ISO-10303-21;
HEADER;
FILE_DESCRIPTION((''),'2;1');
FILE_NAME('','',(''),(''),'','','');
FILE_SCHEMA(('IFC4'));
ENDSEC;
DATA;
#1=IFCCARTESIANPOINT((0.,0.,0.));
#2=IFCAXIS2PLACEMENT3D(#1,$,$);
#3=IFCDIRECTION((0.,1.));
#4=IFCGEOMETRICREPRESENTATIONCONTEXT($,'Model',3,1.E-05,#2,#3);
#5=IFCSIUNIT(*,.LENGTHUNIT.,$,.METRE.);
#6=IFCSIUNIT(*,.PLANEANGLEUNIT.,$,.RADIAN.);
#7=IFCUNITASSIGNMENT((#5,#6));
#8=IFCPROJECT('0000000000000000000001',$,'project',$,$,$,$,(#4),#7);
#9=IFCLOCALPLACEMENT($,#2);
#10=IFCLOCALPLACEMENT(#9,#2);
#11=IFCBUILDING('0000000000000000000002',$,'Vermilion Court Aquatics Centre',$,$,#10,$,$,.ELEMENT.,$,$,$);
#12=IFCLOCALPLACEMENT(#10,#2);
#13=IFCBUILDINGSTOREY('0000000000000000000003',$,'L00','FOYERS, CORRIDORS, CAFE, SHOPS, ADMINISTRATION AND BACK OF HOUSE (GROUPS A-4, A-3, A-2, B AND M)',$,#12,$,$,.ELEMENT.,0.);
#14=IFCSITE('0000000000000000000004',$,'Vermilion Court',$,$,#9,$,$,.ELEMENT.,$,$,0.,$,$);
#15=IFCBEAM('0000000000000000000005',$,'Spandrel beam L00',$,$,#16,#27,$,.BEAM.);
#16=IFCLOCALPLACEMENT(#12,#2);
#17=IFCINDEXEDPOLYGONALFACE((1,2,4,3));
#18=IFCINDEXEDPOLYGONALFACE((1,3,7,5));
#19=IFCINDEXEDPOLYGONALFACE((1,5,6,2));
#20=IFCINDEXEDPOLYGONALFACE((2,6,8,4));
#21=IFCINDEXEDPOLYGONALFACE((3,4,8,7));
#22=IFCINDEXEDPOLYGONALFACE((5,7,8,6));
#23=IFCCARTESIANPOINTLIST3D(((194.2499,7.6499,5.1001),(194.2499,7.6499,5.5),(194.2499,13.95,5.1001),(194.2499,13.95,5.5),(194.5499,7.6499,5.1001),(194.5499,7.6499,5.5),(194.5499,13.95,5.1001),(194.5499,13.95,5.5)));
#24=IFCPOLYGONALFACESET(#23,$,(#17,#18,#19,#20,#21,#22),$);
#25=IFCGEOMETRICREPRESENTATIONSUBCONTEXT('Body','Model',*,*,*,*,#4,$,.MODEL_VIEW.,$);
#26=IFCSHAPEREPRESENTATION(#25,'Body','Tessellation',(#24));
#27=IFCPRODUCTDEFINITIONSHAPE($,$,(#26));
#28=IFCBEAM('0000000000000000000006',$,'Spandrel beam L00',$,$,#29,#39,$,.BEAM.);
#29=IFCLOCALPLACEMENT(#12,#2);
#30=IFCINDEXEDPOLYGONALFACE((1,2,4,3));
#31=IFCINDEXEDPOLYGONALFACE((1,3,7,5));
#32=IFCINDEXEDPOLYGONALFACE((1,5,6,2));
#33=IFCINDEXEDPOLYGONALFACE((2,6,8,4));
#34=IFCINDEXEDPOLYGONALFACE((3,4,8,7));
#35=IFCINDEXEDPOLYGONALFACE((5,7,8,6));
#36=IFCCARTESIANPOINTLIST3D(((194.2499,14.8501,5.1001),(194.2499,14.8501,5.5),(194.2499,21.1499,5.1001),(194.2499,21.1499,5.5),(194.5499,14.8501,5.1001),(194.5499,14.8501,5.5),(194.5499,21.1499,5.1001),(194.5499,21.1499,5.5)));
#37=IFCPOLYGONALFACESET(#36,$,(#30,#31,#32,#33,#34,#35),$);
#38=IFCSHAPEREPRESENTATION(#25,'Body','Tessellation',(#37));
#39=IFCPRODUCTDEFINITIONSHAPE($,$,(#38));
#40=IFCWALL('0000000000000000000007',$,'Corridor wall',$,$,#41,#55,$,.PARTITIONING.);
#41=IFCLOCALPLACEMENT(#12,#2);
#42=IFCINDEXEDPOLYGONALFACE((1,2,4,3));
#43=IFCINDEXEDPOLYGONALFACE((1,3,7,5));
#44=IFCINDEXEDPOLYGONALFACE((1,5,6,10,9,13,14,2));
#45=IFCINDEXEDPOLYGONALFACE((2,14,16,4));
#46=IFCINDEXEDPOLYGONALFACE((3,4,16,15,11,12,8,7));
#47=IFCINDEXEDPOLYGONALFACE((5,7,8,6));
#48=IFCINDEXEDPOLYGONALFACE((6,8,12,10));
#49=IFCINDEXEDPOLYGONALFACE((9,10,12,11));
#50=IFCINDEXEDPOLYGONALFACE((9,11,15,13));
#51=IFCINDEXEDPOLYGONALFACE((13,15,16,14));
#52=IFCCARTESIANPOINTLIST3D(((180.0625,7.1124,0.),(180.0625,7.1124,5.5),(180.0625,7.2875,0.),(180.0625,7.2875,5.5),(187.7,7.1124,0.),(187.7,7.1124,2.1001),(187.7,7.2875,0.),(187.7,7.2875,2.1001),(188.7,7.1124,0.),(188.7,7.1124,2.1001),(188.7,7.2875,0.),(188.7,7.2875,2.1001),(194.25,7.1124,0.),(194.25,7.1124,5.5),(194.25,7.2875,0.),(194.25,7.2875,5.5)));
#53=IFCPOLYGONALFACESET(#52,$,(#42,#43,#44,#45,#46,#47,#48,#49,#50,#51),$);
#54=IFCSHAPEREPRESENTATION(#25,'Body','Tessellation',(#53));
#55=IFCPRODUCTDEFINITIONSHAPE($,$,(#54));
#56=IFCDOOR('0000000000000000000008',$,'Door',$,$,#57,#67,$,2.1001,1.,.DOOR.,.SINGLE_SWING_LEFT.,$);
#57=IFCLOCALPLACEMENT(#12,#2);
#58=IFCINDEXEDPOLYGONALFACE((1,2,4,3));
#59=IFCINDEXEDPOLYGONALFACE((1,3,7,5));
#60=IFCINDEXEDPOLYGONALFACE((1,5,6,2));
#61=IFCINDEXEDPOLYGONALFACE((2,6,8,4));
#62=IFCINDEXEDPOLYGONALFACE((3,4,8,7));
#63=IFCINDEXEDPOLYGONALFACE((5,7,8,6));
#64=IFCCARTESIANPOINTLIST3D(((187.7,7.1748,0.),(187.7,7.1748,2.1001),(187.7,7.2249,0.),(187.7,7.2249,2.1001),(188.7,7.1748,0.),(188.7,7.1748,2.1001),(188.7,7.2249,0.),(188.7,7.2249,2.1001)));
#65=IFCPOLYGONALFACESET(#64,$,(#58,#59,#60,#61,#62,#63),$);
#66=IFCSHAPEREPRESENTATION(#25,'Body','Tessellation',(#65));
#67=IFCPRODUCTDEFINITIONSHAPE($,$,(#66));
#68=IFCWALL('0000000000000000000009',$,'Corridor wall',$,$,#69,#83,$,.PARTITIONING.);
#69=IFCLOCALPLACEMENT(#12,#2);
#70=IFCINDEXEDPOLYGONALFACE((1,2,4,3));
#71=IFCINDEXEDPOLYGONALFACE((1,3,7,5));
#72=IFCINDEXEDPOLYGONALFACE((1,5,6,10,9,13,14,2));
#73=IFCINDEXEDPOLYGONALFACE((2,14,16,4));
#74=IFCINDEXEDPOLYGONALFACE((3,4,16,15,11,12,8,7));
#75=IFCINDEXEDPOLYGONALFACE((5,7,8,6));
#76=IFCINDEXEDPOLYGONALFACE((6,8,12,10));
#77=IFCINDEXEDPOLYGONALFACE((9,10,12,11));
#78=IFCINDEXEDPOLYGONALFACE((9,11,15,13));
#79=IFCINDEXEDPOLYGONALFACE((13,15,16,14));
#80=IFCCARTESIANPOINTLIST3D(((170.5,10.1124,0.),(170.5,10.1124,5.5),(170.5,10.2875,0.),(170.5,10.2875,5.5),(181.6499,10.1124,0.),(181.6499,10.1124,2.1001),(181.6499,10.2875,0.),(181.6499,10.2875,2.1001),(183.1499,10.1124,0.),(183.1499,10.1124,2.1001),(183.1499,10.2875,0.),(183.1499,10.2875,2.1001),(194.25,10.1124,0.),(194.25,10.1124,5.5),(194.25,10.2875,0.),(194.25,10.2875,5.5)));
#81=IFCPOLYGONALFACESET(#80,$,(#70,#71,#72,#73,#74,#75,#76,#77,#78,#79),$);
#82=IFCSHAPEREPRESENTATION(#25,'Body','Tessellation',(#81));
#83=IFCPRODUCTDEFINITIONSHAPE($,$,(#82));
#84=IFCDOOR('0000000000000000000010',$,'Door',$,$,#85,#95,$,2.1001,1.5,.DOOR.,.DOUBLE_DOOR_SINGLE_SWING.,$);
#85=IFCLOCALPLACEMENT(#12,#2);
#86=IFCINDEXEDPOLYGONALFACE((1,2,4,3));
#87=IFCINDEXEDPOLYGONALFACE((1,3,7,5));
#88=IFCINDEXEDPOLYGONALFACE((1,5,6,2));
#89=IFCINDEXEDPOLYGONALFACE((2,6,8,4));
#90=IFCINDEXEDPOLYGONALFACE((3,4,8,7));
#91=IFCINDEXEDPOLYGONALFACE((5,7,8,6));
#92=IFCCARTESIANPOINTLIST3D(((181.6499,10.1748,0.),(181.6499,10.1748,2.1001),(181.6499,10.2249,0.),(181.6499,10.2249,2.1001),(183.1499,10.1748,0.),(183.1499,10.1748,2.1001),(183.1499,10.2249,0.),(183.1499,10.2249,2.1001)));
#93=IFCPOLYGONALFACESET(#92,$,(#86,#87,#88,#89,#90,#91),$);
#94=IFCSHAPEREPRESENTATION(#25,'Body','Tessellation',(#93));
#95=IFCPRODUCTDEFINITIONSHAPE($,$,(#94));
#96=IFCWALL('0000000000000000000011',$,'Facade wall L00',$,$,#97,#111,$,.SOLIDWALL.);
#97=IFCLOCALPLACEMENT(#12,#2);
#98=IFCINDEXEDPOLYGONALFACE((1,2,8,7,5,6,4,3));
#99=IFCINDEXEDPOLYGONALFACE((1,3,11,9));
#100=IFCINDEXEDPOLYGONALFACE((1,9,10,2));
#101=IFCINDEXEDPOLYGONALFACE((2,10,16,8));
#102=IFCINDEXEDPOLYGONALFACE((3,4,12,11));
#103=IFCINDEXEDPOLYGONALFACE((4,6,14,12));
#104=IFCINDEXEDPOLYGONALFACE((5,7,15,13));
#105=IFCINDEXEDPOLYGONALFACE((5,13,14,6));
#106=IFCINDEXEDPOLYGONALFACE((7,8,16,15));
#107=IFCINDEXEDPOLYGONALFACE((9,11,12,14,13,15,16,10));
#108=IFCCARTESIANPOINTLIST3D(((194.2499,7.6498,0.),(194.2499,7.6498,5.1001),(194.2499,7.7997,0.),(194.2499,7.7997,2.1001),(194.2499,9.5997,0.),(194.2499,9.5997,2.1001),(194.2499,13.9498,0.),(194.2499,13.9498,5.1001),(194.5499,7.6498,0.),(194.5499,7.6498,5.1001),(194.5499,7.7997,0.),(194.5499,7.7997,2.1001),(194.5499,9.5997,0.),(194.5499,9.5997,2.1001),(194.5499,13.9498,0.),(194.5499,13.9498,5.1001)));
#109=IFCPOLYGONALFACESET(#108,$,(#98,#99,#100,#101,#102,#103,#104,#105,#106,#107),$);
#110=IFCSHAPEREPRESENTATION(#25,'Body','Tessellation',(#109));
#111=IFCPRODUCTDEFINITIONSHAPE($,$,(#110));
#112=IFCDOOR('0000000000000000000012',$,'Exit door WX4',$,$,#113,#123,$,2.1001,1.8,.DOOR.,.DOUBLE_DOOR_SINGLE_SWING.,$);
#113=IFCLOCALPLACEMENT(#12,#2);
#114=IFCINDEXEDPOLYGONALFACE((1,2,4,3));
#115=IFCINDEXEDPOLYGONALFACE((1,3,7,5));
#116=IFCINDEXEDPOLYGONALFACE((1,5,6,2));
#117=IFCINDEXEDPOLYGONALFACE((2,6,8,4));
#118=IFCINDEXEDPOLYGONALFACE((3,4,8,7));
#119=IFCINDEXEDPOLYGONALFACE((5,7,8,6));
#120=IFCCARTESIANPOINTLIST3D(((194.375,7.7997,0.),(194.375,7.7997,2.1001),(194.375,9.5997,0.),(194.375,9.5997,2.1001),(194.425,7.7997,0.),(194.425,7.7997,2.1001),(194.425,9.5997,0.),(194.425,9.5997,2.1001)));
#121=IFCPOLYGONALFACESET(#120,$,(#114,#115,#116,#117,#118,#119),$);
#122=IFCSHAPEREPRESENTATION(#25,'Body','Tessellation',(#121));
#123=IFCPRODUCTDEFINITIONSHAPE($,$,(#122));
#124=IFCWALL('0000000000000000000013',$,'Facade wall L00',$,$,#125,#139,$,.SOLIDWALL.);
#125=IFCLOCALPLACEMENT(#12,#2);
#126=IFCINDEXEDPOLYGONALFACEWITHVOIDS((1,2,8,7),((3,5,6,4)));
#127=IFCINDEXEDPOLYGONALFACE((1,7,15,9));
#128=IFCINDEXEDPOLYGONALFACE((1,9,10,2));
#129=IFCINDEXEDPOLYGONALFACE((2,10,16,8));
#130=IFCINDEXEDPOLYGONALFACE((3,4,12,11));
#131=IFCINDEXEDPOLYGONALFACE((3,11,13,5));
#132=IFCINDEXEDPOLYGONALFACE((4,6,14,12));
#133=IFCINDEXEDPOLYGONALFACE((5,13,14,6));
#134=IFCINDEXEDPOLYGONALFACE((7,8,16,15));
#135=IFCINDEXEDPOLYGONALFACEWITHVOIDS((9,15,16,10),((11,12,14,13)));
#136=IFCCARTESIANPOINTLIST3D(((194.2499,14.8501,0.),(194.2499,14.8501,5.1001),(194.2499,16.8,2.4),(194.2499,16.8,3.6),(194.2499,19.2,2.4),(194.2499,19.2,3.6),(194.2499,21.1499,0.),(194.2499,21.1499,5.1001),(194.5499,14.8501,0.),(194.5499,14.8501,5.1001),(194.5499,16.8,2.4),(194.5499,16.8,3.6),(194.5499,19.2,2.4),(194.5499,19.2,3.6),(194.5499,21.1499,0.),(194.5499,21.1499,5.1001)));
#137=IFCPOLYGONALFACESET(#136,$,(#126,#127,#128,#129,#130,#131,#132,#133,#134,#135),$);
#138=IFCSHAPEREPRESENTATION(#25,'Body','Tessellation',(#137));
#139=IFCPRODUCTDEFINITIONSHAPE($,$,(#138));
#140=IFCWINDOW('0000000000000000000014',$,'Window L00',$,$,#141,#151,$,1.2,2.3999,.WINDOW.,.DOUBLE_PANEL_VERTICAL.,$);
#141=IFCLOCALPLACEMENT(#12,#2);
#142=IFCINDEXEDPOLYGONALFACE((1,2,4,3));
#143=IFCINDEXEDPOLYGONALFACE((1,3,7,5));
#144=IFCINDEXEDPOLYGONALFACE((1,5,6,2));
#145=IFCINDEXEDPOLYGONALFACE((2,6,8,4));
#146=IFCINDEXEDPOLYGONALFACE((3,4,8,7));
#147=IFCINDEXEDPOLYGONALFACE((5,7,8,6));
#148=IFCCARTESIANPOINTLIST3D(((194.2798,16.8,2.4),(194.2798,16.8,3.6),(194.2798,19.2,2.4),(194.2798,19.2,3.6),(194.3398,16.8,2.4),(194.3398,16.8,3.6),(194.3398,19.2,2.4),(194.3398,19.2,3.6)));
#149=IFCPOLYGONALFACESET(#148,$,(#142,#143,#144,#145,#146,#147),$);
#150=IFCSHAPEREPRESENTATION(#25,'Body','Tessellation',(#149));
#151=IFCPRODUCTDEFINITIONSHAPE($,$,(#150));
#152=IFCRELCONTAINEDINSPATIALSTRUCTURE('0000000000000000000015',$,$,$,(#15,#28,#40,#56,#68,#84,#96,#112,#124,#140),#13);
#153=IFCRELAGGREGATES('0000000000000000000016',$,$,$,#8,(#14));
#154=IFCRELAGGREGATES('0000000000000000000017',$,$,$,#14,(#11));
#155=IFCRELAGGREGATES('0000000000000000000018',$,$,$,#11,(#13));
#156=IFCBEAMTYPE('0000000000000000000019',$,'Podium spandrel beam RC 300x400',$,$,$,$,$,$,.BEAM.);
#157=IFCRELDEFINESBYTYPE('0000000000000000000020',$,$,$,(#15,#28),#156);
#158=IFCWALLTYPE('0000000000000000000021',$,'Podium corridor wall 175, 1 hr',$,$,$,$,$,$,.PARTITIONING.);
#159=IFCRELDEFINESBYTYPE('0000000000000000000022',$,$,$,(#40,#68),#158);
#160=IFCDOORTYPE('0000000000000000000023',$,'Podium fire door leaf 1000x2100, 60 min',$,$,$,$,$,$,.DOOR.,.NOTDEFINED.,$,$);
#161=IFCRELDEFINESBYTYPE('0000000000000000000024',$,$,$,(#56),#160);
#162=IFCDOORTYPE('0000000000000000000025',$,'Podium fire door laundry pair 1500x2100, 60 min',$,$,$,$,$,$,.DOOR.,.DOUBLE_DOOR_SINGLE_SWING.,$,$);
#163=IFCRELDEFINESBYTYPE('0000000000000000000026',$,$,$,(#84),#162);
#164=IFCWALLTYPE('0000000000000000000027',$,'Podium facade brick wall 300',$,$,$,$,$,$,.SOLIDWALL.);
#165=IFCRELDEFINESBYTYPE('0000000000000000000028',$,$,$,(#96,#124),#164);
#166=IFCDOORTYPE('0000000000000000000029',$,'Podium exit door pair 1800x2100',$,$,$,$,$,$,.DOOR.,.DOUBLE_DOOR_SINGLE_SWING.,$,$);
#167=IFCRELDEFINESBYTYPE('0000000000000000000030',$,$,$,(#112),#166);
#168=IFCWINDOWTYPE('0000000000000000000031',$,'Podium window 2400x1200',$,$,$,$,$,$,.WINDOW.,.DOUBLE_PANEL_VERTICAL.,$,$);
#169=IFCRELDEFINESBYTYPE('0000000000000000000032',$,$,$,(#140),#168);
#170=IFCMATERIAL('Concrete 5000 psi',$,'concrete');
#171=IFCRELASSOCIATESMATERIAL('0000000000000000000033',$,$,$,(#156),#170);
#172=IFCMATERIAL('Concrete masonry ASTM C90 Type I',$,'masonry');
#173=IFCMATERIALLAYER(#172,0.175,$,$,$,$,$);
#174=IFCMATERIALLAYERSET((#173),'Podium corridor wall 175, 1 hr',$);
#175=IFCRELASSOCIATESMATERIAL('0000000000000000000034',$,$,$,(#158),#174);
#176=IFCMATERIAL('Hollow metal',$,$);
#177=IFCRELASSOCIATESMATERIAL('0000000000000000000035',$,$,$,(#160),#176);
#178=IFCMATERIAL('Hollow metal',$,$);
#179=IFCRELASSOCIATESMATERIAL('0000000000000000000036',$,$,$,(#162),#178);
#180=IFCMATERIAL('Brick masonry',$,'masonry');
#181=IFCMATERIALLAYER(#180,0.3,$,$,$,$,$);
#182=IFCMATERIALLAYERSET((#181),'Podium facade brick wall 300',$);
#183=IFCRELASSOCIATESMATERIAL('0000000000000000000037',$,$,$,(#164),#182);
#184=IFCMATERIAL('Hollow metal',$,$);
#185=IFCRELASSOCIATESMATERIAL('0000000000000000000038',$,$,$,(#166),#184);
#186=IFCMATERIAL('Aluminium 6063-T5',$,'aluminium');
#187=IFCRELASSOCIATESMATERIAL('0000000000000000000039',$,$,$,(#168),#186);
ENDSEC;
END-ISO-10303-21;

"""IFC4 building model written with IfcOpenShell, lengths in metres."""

from ifc_helpers import new_model, si_unit, direction, frame, frame_2d, origin, origin_2d, place, context, subcontext, project, spatial, rectangle, extrude, material, layer, layer_set, material_profile, profile_set, type_object, element, fill, save


model = new_model("IFC4")

# Units and contexts
model_context = context("Model", 3, precision=1e-05, world=origin(), true_north=direction((0.0, 1.0)))
body_context = subcontext(model_context, "Body", "Model", "MODEL_VIEW")
ifc_project = project(units=[si_unit("LENGTHUNIT", "METRE"), si_unit("PLANEANGLEUNIT", "RADIAN")], contexts=[model_context])

# Site, building, storey
site_placement = place(None, origin())
site = spatial("IfcSite", under=ifc_project, at=site_placement, Name="Vermilion Court", CompositionType="ELEMENT", RefElevation=0.0)
building_placement = place(site_placement, origin())
building = spatial("IfcBuilding", under=site, at=building_placement, Name="Vermilion Court Aquatics Centre", CompositionType="ELEMENT")
storey_placement = place(building_placement, origin())
storey = spatial("IfcBuildingStorey", under=building, at=storey_placement, Name="L00", Description="FOYERS, CORRIDORS, CAFE, SHOPS, ADMINISTRATION AND BACK OF HOUSE (GROUPS A-4, A-3, A-2, B AND M)", CompositionType="ELEMENT", Elevation=0.0)

# Beams
ifc_material_1 = material(Name="Concrete 5000 psi", Category="concrete")
ifc_material_profile_1 = material_profile(ifc_material_1, rectangle(XDim=0.3, YDim=0.3999, at=origin_2d()), Name="RC 300x400")
ifc_profile_set_1 = profile_set([ifc_material_profile_1], Name="Concrete 5000 psi")
beam_type_1 = type_object("IfcBeamType", Name="Podium spandrel beam RC 300x400", PredefinedType="BEAM", material=ifc_profile_set_1)
beam_1_placement = place(storey_placement, frame((194.3999, 7.6499, 5.3), z_axis=(0.0, 1.0, 0.0), x_axis=(-1.0, 0.0, 0.0)))
element("IfcBeam", 1, at=beam_1_placement, inside=storey, type_object=beam_type_1, Name="Spandrel beam L00", PredefinedType="BEAM", context=body_context, shape_type="SweptSolid", body=[
    extrude(rectangle(XDim=0.3, YDim=0.3999, at=origin_2d()), origin(), (0.0, 0.0, 1.0), 6.3),
])
beam_2_placement = place(storey_placement, frame((194.3999, 14.8501, 5.3), z_axis=(0.0, 1.0, 0.0), x_axis=(-1.0, 0.0, 0.0)))
element("IfcBeam", 2, at=beam_2_placement, inside=storey, type_object=beam_type_1, Name="Spandrel beam L00", PredefinedType="BEAM", context=body_context, shape_type="SweptSolid", body=[
    extrude(rectangle(XDim=0.3, YDim=0.3999, at=origin_2d()), origin(), (0.0, 0.0, 1.0), 6.2998),
])

# Walls, openings, doors
ifc_material_2 = material(Name="Concrete masonry ASTM C90 Type I", Category="masonry")
ifc_layer_1 = layer(ifc_material_2, 0.175)
ifc_layer_set_1 = layer_set([ifc_layer_1], Name="Podium corridor wall 175, 1 hr")
wall_type_1 = type_object("IfcWallType", Name="Podium corridor wall 175, 1 hr", PredefinedType="PARTITIONING", material=ifc_layer_set_1)
wall_1_placement = place(storey_placement, frame((180.0625, 7.2, 0.0), z_axis=(0.0, 0.0, 1.0), x_axis=(1.0, 0.0, 0.0)))
wall_1 = element("IfcWall", 3, at=wall_1_placement, inside=storey, type_object=wall_type_1, Name="Corridor wall", PredefinedType="PARTITIONING", context=body_context, shape_type="SweptSolid", body=[
    extrude(rectangle(XDim=14.1875, YDim=0.175, at=frame_2d((7.0938, 0.0))), origin(), (0.0, 0.0, 1.0), 5.5),
])
opening_1_placement = place(wall_1_placement, frame((7.6375, 0.0, 0.0)))
opening_1 = element("IfcOpeningElement", 4, at=opening_1_placement, cuts=wall_1, PredefinedType="OPENING", context=body_context, shape_type="SweptSolid", body=[
    extrude(rectangle(XDim=1.0, YDim=2.1001, at=frame_2d((0.5, 1.05))), frame((0.0, 0.0974, 0.0), z_axis=(0.0, -1.0, 0.0), x_axis=(1.0, 0.0, 0.0)), (0.0, 0.0, 1.0), 0.1951),
])
ifc_material_3 = material(Name="Hollow metal")
door_type_1 = type_object("IfcDoorType", Name="Podium fire door leaf 1000x2100, 60 min", OperationType="NOTDEFINED", PredefinedType="DOOR", material=ifc_material_3)
door_1_placement = place(opening_1_placement, frame((1.0, 0.0, 0.0), z_axis=(0.0, 0.0, 1.0), x_axis=(-1.0, 0.0, 0.0)))
door_1 = element("IfcDoor", 5, at=door_1_placement, inside=storey, type_object=door_type_1, Name="Door", OperationType="SINGLE_SWING_LEFT", OverallHeight=2.1001, OverallWidth=1.0, PredefinedType="DOOR", context=body_context, shape_type="SweptSolid", body=[
    extrude(rectangle(XDim=1.0, YDim=2.1001, at=frame_2d((0.5, 1.05))), frame((0.0, 0.0251, 0.0), z_axis=(0.0, -1.0, 0.0), x_axis=(1.0, 0.0, 0.0)), (0.0, 0.0, 1.0), 0.05),
])
fill(opening_1, door_1)
wall_2_placement = place(storey_placement, frame((170.5, 10.2, 0.0), z_axis=(0.0, 0.0, 1.0), x_axis=(1.0, 0.0, 0.0)))
wall_2 = element("IfcWall", 6, at=wall_2_placement, inside=storey, type_object=wall_type_1, Name="Corridor wall", PredefinedType="PARTITIONING", context=body_context, shape_type="SweptSolid", body=[
    extrude(rectangle(XDim=23.75, YDim=0.175, at=frame_2d((11.875, 0.0))), origin(), (0.0, 0.0, 1.0), 5.5),
])
opening_2_placement = place(wall_2_placement, frame((11.1499, 0.0, 0.0)))
opening_2 = element("IfcOpeningElement", 7, at=opening_2_placement, cuts=wall_2, PredefinedType="OPENING", context=body_context, shape_type="SweptSolid", body=[
    extrude(rectangle(XDim=1.5, YDim=2.1001, at=frame_2d((0.75, 1.05))), frame((0.0, 0.0974, 0.0), z_axis=(0.0, -1.0, 0.0), x_axis=(1.0, 0.0, 0.0)), (0.0, 0.0, 1.0), 0.1951),
])
ifc_material_4 = material(Name="Hollow metal")
door_type_2 = type_object("IfcDoorType", Name="Podium fire door laundry pair 1500x2100, 60 min", OperationType="DOUBLE_DOOR_SINGLE_SWING", PredefinedType="DOOR", material=ifc_material_4)
door_2_placement = place(opening_2_placement, origin())
door_2 = element("IfcDoor", 8, at=door_2_placement, inside=storey, type_object=door_type_2, Name="Door", OperationType="DOUBLE_DOOR_SINGLE_SWING", OverallHeight=2.1001, OverallWidth=1.5, PredefinedType="DOOR", context=body_context, shape_type="SweptSolid", body=[
    extrude(rectangle(XDim=1.5, YDim=2.1001, at=frame_2d((0.75, 1.05))), frame((0.0, 0.0249, 0.0), z_axis=(0.0, -1.0, 0.0), x_axis=(1.0, 0.0, 0.0)), (0.0, 0.0, 1.0), 0.05),
])
fill(opening_2, door_2)
ifc_material_5 = material(Name="Brick masonry", Category="masonry")
ifc_layer_2 = layer(ifc_material_5, 0.3)
ifc_layer_set_2 = layer_set([ifc_layer_2], Name="Podium facade brick wall 300")
wall_type_2 = type_object("IfcWallType", Name="Podium facade brick wall 300", PredefinedType="SOLIDWALL", material=ifc_layer_set_2)
wall_3_placement = place(storey_placement, frame((194.3999, 7.6499, 0.0), z_axis=(0.0, 0.0, 1.0), x_axis=(0.0, 1.0, 0.0)))
wall_3 = element("IfcWall", 9, at=wall_3_placement, inside=storey, type_object=wall_type_2, Name="Facade wall L00", PredefinedType="SOLIDWALL", context=body_context, shape_type="SweptSolid", body=[
    extrude(rectangle(XDim=6.3, YDim=0.3, at=frame_2d((3.1499, 0.0))), origin(), (0.0, 0.0, 1.0), 5.1001),
])
opening_3_placement = place(wall_3_placement, frame((0.1499, 0.0, 0.0)))
opening_3 = element("IfcOpeningElement", 10, at=opening_3_placement, cuts=wall_3, PredefinedType="OPENING", context=body_context, shape_type="SweptSolid", body=[
    extrude(rectangle(XDim=1.8, YDim=2.1001, at=frame_2d((0.8999, 1.05))), frame((0.0, 0.1599, 0.0), z_axis=(0.0, -1.0, 0.0), x_axis=(1.0, 0.0, 0.0)), (0.0, 0.0, 1.0), 0.3201),
])
ifc_material_6 = material(Name="Hollow metal")
door_type_3 = type_object("IfcDoorType", Name="Podium exit door pair 1800x2100", OperationType="DOUBLE_DOOR_SINGLE_SWING", PredefinedType="DOOR", material=ifc_material_6)
door_3_placement = place(opening_3_placement, frame((1.8, 0.0, 0.0), z_axis=(0.0, 0.0, 1.0), x_axis=(-1.0, 0.0, 0.0)))
door_3 = element("IfcDoor", 11, at=door_3_placement, inside=storey, type_object=door_type_3, Name="Exit door WX4", OperationType="DOUBLE_DOOR_SINGLE_SWING", OverallHeight=2.1001, OverallWidth=1.8, PredefinedType="DOOR", context=body_context, shape_type="SweptSolid", body=[
    extrude(rectangle(XDim=1.8, YDim=2.1001, at=frame_2d((0.9001, 1.05))), frame((0.0, 0.0251, 0.0), z_axis=(0.0, -1.0, 0.0), x_axis=(1.0, 0.0, 0.0)), (0.0, 0.0, 1.0), 0.05),
])
fill(opening_3, door_3)

# Wall, opening, window
wall_4_placement = place(storey_placement, frame((194.3999, 14.8501, 0.0), z_axis=(0.0, 0.0, 1.0), x_axis=(0.0, 1.0, 0.0)))
wall_4 = element("IfcWall", 12, at=wall_4_placement, inside=storey, type_object=wall_type_2, Name="Facade wall L00", PredefinedType="SOLIDWALL", context=body_context, shape_type="SweptSolid", body=[
    extrude(rectangle(XDim=6.2998, YDim=0.3, at=frame_2d((3.1499, 0.0))), origin(), (0.0, 0.0, 1.0), 5.1001),
])
opening_4_placement = place(wall_4_placement, frame((1.95, 0.0, 2.3999)))
opening_4 = element("IfcOpeningElement", 13, at=opening_4_placement, cuts=wall_4, PredefinedType="OPENING", context=body_context, shape_type="SweptSolid", body=[
    extrude(rectangle(XDim=2.3999, YDim=1.2, at=frame_2d((1.2, 0.6001))), frame((0.0, 0.1599, 0.0), z_axis=(0.0, -1.0, 0.0), x_axis=(1.0, 0.0, 0.0)), (0.0, 0.0, 1.0), 0.3201),
])
ifc_material_7 = material(Name="Aluminium 6063-T5", Category="aluminium")
window_type = type_object("IfcWindowType", Name="Podium window 2400x1200", PartitioningType="DOUBLE_PANEL_VERTICAL", PredefinedType="WINDOW", material=ifc_material_7)
window_placement = place(opening_4_placement, origin())
window = element("IfcWindow", 14, at=window_placement, inside=storey, type_object=window_type, Name="Window L00", OverallHeight=1.2, OverallWidth=2.3999, PartitioningType="DOUBLE_PANEL_VERTICAL", PredefinedType="WINDOW", context=body_context, shape_type="SweptSolid", body=[
    extrude(rectangle(XDim=2.3999, YDim=1.2, at=frame_2d((1.2, 0.6001))), frame((0.0, 0.1201, 0.0), z_axis=(0.0, -1.0, 0.0), x_axis=(1.0, 0.0, 0.0)), (0.0, 0.0, 1.0), 0.0601),
])
fill(opening_4, window)

save(model, "model.ifc")
